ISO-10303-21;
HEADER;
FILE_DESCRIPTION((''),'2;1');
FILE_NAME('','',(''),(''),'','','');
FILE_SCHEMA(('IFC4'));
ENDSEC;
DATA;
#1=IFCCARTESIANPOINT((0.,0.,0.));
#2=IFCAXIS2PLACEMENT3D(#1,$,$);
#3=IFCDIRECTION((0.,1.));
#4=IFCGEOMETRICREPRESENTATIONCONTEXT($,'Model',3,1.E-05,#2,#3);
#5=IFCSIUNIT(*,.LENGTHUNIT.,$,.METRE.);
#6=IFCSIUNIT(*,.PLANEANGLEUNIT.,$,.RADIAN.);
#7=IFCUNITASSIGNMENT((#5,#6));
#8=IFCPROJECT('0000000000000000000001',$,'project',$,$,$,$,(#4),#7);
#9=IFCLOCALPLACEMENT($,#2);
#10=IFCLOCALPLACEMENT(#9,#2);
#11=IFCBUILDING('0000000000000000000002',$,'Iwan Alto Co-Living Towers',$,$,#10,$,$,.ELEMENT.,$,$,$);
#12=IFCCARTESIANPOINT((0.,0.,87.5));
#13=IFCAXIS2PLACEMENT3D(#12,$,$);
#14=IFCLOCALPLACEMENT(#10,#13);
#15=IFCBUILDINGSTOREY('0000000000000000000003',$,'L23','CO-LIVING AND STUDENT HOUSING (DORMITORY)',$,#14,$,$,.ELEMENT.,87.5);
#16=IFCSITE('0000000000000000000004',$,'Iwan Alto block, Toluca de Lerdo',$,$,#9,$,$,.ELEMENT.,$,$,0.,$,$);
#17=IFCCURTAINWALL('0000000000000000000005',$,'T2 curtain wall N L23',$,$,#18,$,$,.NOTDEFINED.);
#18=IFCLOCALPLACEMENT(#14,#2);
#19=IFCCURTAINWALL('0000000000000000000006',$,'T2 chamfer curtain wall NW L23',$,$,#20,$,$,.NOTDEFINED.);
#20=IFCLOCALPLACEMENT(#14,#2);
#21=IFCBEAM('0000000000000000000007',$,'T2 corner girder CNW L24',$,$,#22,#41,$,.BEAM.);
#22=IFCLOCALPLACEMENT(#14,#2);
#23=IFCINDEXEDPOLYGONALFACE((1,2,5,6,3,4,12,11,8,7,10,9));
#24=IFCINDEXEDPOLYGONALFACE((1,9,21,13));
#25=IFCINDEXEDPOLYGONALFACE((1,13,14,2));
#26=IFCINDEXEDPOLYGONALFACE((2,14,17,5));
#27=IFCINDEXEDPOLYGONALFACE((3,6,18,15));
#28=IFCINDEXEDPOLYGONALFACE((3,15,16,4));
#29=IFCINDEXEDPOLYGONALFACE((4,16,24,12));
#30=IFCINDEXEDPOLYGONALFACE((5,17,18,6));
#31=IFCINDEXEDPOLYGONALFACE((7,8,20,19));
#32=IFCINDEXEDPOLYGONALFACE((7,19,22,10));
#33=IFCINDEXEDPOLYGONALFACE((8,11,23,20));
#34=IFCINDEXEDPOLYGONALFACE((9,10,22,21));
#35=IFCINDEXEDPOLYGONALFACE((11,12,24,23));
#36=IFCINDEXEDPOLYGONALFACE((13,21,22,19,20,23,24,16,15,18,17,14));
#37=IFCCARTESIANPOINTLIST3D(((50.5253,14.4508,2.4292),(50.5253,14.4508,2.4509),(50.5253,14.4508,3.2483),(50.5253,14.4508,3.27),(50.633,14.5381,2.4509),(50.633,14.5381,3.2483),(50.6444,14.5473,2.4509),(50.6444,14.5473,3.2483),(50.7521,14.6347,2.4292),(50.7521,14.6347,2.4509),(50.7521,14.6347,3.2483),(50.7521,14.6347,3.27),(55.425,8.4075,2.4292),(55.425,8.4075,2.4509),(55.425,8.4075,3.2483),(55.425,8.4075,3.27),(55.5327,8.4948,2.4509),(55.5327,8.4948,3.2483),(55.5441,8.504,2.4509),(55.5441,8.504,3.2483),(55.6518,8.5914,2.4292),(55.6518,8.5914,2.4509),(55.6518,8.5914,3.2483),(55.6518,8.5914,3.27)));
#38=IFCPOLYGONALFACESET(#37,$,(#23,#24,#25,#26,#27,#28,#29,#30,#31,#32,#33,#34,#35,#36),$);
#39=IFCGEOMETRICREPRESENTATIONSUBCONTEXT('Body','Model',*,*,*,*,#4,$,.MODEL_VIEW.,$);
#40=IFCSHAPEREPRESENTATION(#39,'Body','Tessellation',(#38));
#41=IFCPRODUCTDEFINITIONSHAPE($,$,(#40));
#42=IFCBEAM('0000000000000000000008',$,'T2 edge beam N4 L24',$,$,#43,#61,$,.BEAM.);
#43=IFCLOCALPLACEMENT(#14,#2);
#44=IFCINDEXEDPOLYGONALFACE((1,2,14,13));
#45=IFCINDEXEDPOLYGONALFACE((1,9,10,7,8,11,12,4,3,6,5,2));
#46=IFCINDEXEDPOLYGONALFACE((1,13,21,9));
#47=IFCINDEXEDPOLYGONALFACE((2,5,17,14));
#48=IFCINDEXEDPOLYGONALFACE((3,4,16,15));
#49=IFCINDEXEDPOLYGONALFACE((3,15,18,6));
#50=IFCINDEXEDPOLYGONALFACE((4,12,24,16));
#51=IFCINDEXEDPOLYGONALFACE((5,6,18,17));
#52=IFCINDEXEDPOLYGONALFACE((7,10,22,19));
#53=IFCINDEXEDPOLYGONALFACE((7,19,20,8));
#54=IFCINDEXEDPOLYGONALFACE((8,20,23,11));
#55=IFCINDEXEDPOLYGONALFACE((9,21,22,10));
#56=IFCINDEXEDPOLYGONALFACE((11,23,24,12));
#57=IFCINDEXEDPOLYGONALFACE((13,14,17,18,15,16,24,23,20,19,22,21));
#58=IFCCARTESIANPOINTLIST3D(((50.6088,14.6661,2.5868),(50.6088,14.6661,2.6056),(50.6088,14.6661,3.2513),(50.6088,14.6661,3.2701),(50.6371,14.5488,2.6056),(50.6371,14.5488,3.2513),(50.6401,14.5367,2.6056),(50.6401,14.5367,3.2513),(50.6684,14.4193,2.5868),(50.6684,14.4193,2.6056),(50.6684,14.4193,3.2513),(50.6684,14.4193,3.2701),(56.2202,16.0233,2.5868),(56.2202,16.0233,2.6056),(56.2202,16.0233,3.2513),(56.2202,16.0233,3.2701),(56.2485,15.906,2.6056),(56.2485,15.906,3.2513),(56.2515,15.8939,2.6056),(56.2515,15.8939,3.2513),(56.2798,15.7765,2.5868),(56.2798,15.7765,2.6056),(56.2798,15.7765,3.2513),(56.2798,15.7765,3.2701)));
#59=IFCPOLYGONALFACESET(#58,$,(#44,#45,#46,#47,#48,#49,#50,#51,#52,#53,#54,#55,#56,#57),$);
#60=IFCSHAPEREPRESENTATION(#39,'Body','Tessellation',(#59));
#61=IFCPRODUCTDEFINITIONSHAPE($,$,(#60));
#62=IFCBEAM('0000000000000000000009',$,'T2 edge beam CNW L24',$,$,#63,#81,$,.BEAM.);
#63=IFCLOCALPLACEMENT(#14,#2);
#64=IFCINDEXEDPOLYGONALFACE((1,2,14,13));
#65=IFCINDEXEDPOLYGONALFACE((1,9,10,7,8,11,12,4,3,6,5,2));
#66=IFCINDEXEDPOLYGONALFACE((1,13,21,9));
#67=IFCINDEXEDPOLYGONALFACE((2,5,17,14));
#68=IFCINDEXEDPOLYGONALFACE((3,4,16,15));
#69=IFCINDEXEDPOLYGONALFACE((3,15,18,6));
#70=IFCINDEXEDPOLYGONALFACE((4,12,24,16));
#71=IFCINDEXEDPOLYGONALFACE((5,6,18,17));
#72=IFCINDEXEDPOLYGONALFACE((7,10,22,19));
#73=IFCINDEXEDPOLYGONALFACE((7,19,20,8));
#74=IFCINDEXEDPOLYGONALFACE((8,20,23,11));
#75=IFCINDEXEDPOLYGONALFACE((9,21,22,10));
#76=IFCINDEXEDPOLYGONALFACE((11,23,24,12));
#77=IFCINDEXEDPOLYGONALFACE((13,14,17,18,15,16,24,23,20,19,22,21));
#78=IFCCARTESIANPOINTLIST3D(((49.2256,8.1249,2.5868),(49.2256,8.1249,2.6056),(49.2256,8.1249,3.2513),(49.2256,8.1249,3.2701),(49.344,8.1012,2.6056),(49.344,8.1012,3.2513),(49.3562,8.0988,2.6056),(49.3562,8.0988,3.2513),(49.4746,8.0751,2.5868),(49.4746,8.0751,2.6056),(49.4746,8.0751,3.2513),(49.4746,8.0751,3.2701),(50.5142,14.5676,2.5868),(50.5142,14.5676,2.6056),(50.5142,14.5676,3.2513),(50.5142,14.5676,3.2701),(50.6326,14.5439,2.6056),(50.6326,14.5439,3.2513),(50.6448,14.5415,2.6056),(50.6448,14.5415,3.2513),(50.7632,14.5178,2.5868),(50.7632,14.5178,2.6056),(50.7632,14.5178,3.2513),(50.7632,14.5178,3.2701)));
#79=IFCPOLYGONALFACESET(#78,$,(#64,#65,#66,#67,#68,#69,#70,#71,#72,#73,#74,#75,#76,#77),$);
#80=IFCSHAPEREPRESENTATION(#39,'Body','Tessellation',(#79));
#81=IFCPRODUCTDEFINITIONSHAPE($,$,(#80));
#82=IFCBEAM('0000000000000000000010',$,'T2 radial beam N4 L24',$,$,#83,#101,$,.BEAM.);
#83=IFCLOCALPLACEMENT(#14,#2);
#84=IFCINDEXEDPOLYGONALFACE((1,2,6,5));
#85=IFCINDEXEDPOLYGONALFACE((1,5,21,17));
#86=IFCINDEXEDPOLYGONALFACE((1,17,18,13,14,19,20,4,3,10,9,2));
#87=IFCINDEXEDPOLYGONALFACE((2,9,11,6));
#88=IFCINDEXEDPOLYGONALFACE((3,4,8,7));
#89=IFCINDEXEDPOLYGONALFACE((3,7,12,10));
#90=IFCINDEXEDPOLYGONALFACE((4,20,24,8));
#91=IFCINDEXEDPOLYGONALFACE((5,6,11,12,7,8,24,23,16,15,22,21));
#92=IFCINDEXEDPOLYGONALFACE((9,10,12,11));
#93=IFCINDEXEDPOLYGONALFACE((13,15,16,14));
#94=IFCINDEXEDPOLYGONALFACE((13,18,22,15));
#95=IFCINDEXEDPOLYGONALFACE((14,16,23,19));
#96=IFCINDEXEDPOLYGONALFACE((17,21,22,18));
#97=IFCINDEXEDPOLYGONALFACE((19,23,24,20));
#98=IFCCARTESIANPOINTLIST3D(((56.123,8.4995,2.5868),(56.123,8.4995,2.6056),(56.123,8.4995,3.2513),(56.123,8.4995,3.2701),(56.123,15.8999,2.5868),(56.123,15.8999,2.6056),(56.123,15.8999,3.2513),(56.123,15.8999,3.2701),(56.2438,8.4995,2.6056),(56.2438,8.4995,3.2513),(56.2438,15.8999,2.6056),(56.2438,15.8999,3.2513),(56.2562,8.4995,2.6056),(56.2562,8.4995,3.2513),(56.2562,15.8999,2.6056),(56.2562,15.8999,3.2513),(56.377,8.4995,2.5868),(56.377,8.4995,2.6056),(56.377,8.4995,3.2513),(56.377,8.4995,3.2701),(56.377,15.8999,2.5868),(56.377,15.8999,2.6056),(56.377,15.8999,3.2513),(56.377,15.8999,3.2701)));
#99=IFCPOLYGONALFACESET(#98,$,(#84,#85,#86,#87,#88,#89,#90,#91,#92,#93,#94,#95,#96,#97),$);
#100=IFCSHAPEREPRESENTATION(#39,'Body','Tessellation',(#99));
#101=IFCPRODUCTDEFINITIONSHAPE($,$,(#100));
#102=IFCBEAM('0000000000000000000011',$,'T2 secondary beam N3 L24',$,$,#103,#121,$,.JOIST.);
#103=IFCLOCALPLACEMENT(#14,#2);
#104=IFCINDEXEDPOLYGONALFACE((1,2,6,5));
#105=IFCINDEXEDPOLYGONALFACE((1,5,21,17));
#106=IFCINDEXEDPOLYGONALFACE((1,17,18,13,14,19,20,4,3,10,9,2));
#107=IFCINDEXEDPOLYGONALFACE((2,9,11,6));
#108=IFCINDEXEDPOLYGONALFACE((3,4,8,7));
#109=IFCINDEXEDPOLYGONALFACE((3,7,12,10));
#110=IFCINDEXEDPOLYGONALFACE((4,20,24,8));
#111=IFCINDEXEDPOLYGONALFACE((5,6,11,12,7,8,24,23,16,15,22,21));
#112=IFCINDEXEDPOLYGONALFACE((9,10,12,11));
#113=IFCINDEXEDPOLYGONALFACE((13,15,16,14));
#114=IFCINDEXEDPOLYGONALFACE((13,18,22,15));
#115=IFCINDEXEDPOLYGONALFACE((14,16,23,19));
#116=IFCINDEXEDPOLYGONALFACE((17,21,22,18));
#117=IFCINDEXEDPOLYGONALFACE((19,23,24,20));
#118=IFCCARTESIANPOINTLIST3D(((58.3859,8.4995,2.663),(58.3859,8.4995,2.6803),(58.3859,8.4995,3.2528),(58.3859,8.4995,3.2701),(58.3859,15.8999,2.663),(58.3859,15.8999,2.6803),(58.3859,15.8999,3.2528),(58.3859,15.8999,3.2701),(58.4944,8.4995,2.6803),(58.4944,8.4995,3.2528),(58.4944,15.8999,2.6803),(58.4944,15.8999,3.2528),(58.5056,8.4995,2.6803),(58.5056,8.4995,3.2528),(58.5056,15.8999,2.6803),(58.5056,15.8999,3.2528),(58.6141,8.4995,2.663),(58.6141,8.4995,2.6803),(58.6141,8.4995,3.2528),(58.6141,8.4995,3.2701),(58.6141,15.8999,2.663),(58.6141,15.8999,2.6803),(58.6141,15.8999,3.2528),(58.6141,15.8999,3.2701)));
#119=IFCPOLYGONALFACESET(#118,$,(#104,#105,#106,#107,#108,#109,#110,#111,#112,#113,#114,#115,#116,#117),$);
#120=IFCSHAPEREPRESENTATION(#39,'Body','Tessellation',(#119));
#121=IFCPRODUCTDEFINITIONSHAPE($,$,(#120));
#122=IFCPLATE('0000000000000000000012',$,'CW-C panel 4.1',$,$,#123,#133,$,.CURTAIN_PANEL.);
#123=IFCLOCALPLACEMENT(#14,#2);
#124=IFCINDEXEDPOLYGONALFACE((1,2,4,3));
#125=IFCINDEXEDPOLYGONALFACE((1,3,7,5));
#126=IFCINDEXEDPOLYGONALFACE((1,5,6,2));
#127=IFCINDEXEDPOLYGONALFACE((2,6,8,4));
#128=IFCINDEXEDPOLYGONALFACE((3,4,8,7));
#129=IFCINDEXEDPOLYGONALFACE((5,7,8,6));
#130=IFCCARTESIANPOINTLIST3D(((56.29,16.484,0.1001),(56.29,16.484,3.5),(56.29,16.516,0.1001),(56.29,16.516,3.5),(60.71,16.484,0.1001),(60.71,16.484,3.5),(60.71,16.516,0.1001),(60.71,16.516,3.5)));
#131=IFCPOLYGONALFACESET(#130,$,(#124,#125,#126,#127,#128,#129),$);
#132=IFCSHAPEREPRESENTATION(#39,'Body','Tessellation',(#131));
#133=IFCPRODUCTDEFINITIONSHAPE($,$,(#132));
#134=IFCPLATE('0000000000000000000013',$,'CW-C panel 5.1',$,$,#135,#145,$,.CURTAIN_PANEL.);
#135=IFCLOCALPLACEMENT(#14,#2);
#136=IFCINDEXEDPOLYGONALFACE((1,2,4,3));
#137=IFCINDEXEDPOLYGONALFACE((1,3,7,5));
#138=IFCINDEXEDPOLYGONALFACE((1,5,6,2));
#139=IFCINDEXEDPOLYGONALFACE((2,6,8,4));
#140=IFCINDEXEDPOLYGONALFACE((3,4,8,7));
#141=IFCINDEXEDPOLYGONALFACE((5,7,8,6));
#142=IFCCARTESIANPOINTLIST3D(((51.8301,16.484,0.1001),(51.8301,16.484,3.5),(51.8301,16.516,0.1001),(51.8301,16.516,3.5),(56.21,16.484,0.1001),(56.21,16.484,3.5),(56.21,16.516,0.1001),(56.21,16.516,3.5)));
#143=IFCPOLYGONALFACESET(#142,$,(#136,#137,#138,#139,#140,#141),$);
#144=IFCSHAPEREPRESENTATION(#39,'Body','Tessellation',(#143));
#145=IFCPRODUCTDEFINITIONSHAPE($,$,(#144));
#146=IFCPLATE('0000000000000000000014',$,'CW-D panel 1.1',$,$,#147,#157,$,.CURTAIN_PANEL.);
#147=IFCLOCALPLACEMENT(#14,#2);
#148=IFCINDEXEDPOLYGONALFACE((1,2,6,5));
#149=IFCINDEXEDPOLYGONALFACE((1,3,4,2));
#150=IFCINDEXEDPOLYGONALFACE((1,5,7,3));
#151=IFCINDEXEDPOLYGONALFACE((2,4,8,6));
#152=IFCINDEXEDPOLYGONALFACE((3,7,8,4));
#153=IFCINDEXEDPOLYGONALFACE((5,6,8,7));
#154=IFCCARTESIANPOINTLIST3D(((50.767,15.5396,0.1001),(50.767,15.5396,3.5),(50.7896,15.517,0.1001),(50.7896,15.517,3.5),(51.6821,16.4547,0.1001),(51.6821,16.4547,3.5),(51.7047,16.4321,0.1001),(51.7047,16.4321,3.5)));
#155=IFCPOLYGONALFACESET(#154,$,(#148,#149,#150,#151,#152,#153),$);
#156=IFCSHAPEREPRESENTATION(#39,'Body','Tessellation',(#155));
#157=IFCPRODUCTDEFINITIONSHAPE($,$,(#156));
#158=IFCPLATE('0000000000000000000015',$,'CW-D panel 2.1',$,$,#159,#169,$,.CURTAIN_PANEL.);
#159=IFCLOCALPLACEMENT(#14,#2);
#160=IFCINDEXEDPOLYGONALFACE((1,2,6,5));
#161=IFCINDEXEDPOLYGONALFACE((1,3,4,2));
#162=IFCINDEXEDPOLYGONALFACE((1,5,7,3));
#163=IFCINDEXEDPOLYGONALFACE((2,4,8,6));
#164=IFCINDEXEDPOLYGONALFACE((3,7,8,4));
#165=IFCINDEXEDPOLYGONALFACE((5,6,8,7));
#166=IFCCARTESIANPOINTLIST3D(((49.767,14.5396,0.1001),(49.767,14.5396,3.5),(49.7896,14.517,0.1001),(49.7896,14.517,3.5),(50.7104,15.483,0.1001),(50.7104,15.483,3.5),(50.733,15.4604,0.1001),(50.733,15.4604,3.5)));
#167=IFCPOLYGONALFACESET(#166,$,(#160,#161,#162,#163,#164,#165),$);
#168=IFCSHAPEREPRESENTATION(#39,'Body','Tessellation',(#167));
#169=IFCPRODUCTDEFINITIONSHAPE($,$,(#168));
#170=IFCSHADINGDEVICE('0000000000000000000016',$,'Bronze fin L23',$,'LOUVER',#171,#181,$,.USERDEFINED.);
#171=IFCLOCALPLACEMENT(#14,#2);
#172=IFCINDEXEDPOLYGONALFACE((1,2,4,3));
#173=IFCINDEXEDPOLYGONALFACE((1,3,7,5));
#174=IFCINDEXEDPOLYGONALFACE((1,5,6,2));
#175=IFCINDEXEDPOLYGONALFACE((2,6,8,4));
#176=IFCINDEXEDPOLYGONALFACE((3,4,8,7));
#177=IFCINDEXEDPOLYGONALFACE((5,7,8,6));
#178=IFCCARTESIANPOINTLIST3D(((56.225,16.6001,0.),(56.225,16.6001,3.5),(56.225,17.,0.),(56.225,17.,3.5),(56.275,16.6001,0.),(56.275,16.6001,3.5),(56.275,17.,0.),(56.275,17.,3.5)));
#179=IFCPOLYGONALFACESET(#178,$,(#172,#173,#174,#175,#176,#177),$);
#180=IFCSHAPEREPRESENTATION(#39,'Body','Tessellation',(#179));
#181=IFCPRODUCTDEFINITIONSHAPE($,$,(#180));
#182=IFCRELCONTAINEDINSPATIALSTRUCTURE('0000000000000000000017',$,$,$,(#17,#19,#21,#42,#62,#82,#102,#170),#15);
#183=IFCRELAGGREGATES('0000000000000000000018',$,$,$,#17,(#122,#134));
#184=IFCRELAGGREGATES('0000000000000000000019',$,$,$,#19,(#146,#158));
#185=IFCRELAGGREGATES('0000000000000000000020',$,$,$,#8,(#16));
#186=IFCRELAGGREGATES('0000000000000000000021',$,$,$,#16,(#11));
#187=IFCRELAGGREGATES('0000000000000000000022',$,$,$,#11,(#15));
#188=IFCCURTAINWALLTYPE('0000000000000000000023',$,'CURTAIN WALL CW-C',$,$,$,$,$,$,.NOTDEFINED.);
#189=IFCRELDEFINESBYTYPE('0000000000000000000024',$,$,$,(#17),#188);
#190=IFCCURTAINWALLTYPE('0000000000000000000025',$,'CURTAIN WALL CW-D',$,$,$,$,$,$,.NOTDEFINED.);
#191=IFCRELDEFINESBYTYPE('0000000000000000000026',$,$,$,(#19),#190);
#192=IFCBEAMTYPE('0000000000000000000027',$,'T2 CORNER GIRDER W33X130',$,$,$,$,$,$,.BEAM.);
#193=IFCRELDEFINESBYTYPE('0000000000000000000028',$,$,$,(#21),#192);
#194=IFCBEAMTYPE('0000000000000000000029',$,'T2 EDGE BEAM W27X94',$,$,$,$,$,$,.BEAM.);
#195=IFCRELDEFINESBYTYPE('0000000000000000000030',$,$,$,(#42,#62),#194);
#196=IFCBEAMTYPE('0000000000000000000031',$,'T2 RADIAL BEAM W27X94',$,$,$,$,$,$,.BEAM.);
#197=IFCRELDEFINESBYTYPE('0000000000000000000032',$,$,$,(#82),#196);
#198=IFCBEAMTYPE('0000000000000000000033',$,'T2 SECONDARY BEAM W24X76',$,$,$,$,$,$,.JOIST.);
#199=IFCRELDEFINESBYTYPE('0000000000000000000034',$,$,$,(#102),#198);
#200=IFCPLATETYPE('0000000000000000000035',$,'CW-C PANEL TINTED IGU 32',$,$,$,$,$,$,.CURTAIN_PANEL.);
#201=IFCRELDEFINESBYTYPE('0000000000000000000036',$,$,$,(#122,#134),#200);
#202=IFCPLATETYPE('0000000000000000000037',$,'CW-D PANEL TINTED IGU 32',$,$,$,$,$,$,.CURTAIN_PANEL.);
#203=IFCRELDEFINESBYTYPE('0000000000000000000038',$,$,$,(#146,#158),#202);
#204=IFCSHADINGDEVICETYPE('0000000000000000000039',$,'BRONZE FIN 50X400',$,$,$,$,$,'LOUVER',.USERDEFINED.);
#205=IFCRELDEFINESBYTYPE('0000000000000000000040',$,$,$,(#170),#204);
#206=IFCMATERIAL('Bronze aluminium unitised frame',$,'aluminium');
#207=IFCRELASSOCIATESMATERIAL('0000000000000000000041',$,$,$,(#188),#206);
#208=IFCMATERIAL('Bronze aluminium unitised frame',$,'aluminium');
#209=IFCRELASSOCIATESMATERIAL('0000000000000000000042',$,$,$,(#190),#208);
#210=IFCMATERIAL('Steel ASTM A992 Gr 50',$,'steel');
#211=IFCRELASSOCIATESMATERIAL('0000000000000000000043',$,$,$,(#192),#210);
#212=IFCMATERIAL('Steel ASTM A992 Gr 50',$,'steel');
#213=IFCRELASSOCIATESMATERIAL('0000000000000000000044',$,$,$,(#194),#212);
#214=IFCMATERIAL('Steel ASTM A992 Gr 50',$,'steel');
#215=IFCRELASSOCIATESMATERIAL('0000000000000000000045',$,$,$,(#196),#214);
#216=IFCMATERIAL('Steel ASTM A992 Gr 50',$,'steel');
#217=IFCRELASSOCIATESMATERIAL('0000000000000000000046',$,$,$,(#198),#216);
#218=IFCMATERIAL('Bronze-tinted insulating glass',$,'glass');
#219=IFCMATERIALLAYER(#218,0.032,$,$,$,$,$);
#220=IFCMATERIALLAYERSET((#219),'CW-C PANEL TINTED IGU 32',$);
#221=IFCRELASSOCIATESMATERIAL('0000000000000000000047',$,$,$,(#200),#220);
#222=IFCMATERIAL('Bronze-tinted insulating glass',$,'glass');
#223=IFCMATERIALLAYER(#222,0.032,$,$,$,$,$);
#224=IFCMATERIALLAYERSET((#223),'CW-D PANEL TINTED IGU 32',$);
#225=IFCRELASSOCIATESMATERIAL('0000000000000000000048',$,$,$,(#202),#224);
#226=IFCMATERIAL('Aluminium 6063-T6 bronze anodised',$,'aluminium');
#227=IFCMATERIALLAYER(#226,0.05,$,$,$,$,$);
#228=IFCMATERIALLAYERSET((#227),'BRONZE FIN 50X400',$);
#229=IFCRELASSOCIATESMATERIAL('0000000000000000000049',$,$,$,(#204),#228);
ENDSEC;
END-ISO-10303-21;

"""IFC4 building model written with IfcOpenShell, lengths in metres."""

from ifc_helpers import new_model, si_unit, direction, frame, origin, origin_2d, place, context, subcontext, project, spatial, rectangle, i_section, extrude, material, layer, layer_set, material_profile, profile_set, type_object, element, aggregate, save


model = new_model("IFC4")

# Units and contexts
model_context = context("Model", 3, precision=1e-05, world=origin(), true_north=direction((0.0, 1.0)))
body_context = subcontext(model_context, "Body", "Model", "MODEL_VIEW")
ifc_project = project(units=[si_unit("LENGTHUNIT", "METRE"), si_unit("PLANEANGLEUNIT", "RADIAN")], contexts=[model_context])

# Site, building, storey
site_placement = place(None, origin())
site = spatial("IfcSite", under=ifc_project, at=site_placement, Name="Iwan Alto block, Toluca de Lerdo", CompositionType="ELEMENT", RefElevation=0.0)
building_placement = place(site_placement, origin())
building = spatial("IfcBuilding", under=site, at=building_placement, Name="Iwan Alto Co-Living Towers", CompositionType="ELEMENT")
storey_placement = place(building_placement, frame((0.0, 0.0, 87.5)))
storey = spatial("IfcBuildingStorey", under=building, at=storey_placement, Name="L23", Description="CO-LIVING AND STUDENT HOUSING (DORMITORY)", CompositionType="ELEMENT", Elevation=87.5)

# Curtain walls
ifc_material_1 = material(Name="Bronze aluminium unitised frame", Category="aluminium")
curtain_wall_type_1 = type_object("IfcCurtainWallType", Name="CURTAIN WALL CW-C", PredefinedType="NOTDEFINED", material=ifc_material_1)
curtain_wall_1_placement = place(storey_placement, origin())
curtain_wall_1 = element("IfcCurtainWall", 1, at=curtain_wall_1_placement, inside=storey, type_object=curtain_wall_type_1, Name="T2 curtain wall N L23", PredefinedType="NOTDEFINED")
ifc_material_2 = material(Name="Bronze aluminium unitised frame", Category="aluminium")
curtain_wall_type_2 = type_object("IfcCurtainWallType", Name="CURTAIN WALL CW-D", PredefinedType="NOTDEFINED", material=ifc_material_2)
curtain_wall_2_placement = place(storey_placement, origin())
curtain_wall_2 = element("IfcCurtainWall", 2, at=curtain_wall_2_placement, inside=storey, type_object=curtain_wall_type_2, Name="T2 chamfer curtain wall NW L23", PredefinedType="NOTDEFINED")

# Beams
ifc_material_3 = material(Name="Steel ASTM A992 Gr 50", Category="steel")
ifc_material_profile_1 = material_profile(ifc_material_3, i_section(OverallWidth=0.292, OverallDepth=0.8408, WebThickness=0.0146, FlangeThickness=0.0217, at=origin_2d()), Name="W33X130")
ifc_profile_set_1 = profile_set([ifc_material_profile_1], Name="Steel ASTM A992 Gr 50")
beam_type_1 = type_object("IfcBeamType", Name="T2 CORNER GIRDER W33X130", PredefinedType="BEAM", material=ifc_profile_set_1)
beam_1_placement = place(storey_placement, frame((50.6387, 14.5427, 2.8496), z_axis=(0.629783, -0.776771, 0.0), x_axis=(0.776771, 0.629783, 0.0)))
element("IfcBeam", 3, at=beam_1_placement, inside=storey, type_object=beam_type_1, Name="T2 corner girder CNW L24", PredefinedType="BEAM", context=body_context, shape_type="SweptSolid", body=[
    extrude(i_section(OverallWidth=0.292, OverallDepth=0.8408, WebThickness=0.0146, FlangeThickness=0.0217, at=origin_2d()), origin(), (0.0, 0.0, 1.0), 7.78),
])
ifc_material_4 = material(Name="Steel ASTM A992 Gr 50", Category="steel")
ifc_material_profile_2 = material_profile(ifc_material_4, i_section(OverallWidth=0.2539, OverallDepth=0.6833, WebThickness=0.0125, FlangeThickness=0.0188, at=origin_2d()), Name="W27X94")
ifc_profile_set_2 = profile_set([ifc_material_profile_2], Name="Steel ASTM A992 Gr 50")
beam_type_2 = type_object("IfcBeamType", Name="T2 EDGE BEAM W27X94", PredefinedType="BEAM", material=ifc_profile_set_2)
beam_2_placement = place(storey_placement, frame((56.25, 15.8999, 2.9285), z_axis=(-0.971975, -0.235086, 0.0), x_axis=(0.235086, -0.971975, 0.0)))
element("IfcBeam", 4, at=beam_2_placement, inside=storey, type_object=beam_type_2, Name="T2 edge beam N4 L24", PredefinedType="BEAM", context=body_context, shape_type="SweptSolid", body=[
    extrude(i_section(OverallWidth=0.2539, OverallDepth=0.6833, WebThickness=0.0125, FlangeThickness=0.0188, at=origin_2d()), origin(), (0.0, 0.0, 1.0), 5.7732),
])
beam_3_placement = place(storey_placement, frame((50.6387, 14.5427, 2.9285), z_axis=(-0.196123, -0.980579, 0.0), x_axis=(0.980579, -0.196123, 0.0)))
element("IfcBeam", 5, at=beam_3_placement, inside=storey, type_object=beam_type_2, Name="T2 edge beam CNW L24", PredefinedType="BEAM", context=body_context, shape_type="SweptSolid", body=[
    extrude(i_section(OverallWidth=0.2539, OverallDepth=0.6833, WebThickness=0.0125, FlangeThickness=0.0188, at=origin_2d()), origin(), (0.0, 0.0, 1.0), 6.5703),
])
ifc_material_5 = material(Name="Steel ASTM A992 Gr 50", Category="steel")
ifc_material_profile_3 = material_profile(ifc_material_5, i_section(OverallWidth=0.2539, OverallDepth=0.6833, WebThickness=0.0125, FlangeThickness=0.0188, at=origin_2d()), Name="W27X94")
ifc_profile_set_3 = profile_set([ifc_material_profile_3], Name="Steel ASTM A992 Gr 50")
beam_type_3 = type_object("IfcBeamType", Name="T2 RADIAL BEAM W27X94", PredefinedType="BEAM", material=ifc_profile_set_3)
beam_4_placement = place(storey_placement, frame((56.25, 15.8999, 2.9285), z_axis=(0.0, -1.0, 0.0), x_axis=(1.0, 0.0, 0.0)))
element("IfcBeam", 6, at=beam_4_placement, inside=storey, type_object=beam_type_3, Name="T2 radial beam N4 L24", PredefinedType="BEAM", context=body_context, shape_type="SweptSolid", body=[
    extrude(i_section(OverallWidth=0.2539, OverallDepth=0.6833, WebThickness=0.0125, FlangeThickness=0.0188, at=origin_2d()), origin(), (0.0, 0.0, 1.0), 7.4004),
])
ifc_material_6 = material(Name="Steel ASTM A992 Gr 50", Category="steel")
ifc_material_profile_4 = material_profile(ifc_material_6, i_section(OverallWidth=0.2283, OverallDepth=0.6072, WebThickness=0.0112, FlangeThickness=0.0173, at=origin_2d()), Name="W24X76")
ifc_profile_set_4 = profile_set([ifc_material_profile_4], Name="Steel ASTM A992 Gr 50")
beam_type_4 = type_object("IfcBeamType", Name="T2 SECONDARY BEAM W24X76", PredefinedType="JOIST", material=ifc_profile_set_4)
beam_5_placement = place(storey_placement, frame((58.5, 15.8999, 2.9666), z_axis=(0.0, -1.0, 0.0), x_axis=(1.0, 0.0, 0.0)))
element("IfcBeam", 7, at=beam_5_placement, inside=storey, type_object=beam_type_4, Name="T2 secondary beam N3 L24", PredefinedType="JOIST", context=body_context, shape_type="SweptSolid", body=[
    extrude(i_section(OverallWidth=0.2283, OverallDepth=0.6072, WebThickness=0.0112, FlangeThickness=0.0173, at=origin_2d()), origin(), (0.0, 0.0, 1.0), 7.4004),
])

# Plates
ifc_material_7 = material(Name="Bronze-tinted insulating glass", Category="glass")
ifc_layer_1 = layer(ifc_material_7, 0.032)
ifc_layer_set_1 = layer_set([ifc_layer_1], Name="CW-C PANEL TINTED IGU 32")
plate_type_1 = type_object("IfcPlateType", Name="CW-C PANEL TINTED IGU 32", PredefinedType="CURTAIN_PANEL", material=ifc_layer_set_1)
plate_1_placement = place(storey_placement, frame((58.5, 16.5, 0.1001), z_axis=(0.0, 0.0, 1.0), x_axis=(-1.0, 0.0, 0.0)))
plate_1 = element("IfcPlate", 8, at=plate_1_placement, type_object=plate_type_1, Name="CW-C panel 4.1", PredefinedType="CURTAIN_PANEL", context=body_context, shape_type="SweptSolid", body=[
    extrude(rectangle(XDim=4.4199, YDim=0.032, at=origin_2d()), origin(), (0.0, 0.0, 1.0), 3.3999),
])
plate_2_placement = place(storey_placement, frame((54.02, 16.5, 0.1001), z_axis=(0.0, 0.0, 1.0), x_axis=(-1.0, 0.0, 0.0)))
plate_2 = element("IfcPlate", 9, at=plate_2_placement, type_object=plate_type_1, Name="CW-C panel 5.1", PredefinedType="CURTAIN_PANEL", context=body_context, shape_type="SweptSolid", body=[
    extrude(rectangle(XDim=4.3799, YDim=0.032, at=origin_2d()), origin(), (0.0, 0.0, 1.0), 3.3999),
])
aggregate(curtain_wall_1, [plate_1, plate_2])
ifc_material_8 = material(Name="Bronze-tinted insulating glass", Category="glass")
ifc_layer_2 = layer(ifc_material_8, 0.032)
ifc_layer_set_2 = layer_set([ifc_layer_2], Name="CW-D PANEL TINTED IGU 32")
plate_type_2 = type_object("IfcPlateType", Name="CW-D PANEL TINTED IGU 32", PredefinedType="CURTAIN_PANEL", material=ifc_layer_set_2)
plate_3_placement = place(storey_placement, frame((51.2358, 15.9858, 0.1001), z_axis=(0.0, 0.0, 1.0), x_axis=(-0.707107, -0.707107, 0.0)))
plate_3 = element("IfcPlate", 10, at=plate_3_placement, type_object=plate_type_2, Name="CW-D panel 1.1", PredefinedType="CURTAIN_PANEL", context=body_context, shape_type="SweptSolid", body=[
    extrude(rectangle(XDim=1.2942, YDim=0.032, at=origin_2d()), origin(), (0.0, 0.0, 1.0), 3.3999),
])
plate_4_placement = place(storey_placement, frame((50.25, 15.0, 0.1001), z_axis=(0.0, 0.0, 1.0), x_axis=(-0.707107, -0.707107, 0.0)))
plate_4 = element("IfcPlate", 11, at=plate_4_placement, type_object=plate_type_2, Name="CW-D panel 2.1", PredefinedType="CURTAIN_PANEL", context=body_context, shape_type="SweptSolid", body=[
    extrude(rectangle(XDim=1.3342, YDim=0.032, at=origin_2d()), origin(), (0.0, 0.0, 1.0), 3.3999),
])
aggregate(curtain_wall_2, [plate_3, plate_4])

# Shading device
ifc_material_9 = material(Name="Aluminium 6063-T6 bronze anodised", Category="aluminium")
ifc_layer_3 = layer(ifc_material_9, 0.05)
ifc_layer_set_3 = layer_set([ifc_layer_3], Name="BRONZE FIN 50X400")
shading_device_type = type_object("IfcShadingDeviceType", Name="BRONZE FIN 50X400", ElementType="LOUVER", PredefinedType="USERDEFINED", material=ifc_layer_set_3)
shading_device_placement = place(storey_placement, frame((56.25, 16.8, 0.0), z_axis=(0.0, 0.0, 1.0), x_axis=(-1.0, 0.0, 0.0)))
element("IfcShadingDevice", 12, at=shading_device_placement, inside=storey, type_object=shading_device_type, Name="Bronze fin L23", ObjectType="LOUVER", PredefinedType="USERDEFINED", context=body_context, shape_type="SweptSolid", body=[
    extrude(rectangle(XDim=0.05, YDim=0.3999, at=origin_2d()), origin(), (0.0, 0.0, 1.0), 3.5),
])

save(model, "model.ifc")
